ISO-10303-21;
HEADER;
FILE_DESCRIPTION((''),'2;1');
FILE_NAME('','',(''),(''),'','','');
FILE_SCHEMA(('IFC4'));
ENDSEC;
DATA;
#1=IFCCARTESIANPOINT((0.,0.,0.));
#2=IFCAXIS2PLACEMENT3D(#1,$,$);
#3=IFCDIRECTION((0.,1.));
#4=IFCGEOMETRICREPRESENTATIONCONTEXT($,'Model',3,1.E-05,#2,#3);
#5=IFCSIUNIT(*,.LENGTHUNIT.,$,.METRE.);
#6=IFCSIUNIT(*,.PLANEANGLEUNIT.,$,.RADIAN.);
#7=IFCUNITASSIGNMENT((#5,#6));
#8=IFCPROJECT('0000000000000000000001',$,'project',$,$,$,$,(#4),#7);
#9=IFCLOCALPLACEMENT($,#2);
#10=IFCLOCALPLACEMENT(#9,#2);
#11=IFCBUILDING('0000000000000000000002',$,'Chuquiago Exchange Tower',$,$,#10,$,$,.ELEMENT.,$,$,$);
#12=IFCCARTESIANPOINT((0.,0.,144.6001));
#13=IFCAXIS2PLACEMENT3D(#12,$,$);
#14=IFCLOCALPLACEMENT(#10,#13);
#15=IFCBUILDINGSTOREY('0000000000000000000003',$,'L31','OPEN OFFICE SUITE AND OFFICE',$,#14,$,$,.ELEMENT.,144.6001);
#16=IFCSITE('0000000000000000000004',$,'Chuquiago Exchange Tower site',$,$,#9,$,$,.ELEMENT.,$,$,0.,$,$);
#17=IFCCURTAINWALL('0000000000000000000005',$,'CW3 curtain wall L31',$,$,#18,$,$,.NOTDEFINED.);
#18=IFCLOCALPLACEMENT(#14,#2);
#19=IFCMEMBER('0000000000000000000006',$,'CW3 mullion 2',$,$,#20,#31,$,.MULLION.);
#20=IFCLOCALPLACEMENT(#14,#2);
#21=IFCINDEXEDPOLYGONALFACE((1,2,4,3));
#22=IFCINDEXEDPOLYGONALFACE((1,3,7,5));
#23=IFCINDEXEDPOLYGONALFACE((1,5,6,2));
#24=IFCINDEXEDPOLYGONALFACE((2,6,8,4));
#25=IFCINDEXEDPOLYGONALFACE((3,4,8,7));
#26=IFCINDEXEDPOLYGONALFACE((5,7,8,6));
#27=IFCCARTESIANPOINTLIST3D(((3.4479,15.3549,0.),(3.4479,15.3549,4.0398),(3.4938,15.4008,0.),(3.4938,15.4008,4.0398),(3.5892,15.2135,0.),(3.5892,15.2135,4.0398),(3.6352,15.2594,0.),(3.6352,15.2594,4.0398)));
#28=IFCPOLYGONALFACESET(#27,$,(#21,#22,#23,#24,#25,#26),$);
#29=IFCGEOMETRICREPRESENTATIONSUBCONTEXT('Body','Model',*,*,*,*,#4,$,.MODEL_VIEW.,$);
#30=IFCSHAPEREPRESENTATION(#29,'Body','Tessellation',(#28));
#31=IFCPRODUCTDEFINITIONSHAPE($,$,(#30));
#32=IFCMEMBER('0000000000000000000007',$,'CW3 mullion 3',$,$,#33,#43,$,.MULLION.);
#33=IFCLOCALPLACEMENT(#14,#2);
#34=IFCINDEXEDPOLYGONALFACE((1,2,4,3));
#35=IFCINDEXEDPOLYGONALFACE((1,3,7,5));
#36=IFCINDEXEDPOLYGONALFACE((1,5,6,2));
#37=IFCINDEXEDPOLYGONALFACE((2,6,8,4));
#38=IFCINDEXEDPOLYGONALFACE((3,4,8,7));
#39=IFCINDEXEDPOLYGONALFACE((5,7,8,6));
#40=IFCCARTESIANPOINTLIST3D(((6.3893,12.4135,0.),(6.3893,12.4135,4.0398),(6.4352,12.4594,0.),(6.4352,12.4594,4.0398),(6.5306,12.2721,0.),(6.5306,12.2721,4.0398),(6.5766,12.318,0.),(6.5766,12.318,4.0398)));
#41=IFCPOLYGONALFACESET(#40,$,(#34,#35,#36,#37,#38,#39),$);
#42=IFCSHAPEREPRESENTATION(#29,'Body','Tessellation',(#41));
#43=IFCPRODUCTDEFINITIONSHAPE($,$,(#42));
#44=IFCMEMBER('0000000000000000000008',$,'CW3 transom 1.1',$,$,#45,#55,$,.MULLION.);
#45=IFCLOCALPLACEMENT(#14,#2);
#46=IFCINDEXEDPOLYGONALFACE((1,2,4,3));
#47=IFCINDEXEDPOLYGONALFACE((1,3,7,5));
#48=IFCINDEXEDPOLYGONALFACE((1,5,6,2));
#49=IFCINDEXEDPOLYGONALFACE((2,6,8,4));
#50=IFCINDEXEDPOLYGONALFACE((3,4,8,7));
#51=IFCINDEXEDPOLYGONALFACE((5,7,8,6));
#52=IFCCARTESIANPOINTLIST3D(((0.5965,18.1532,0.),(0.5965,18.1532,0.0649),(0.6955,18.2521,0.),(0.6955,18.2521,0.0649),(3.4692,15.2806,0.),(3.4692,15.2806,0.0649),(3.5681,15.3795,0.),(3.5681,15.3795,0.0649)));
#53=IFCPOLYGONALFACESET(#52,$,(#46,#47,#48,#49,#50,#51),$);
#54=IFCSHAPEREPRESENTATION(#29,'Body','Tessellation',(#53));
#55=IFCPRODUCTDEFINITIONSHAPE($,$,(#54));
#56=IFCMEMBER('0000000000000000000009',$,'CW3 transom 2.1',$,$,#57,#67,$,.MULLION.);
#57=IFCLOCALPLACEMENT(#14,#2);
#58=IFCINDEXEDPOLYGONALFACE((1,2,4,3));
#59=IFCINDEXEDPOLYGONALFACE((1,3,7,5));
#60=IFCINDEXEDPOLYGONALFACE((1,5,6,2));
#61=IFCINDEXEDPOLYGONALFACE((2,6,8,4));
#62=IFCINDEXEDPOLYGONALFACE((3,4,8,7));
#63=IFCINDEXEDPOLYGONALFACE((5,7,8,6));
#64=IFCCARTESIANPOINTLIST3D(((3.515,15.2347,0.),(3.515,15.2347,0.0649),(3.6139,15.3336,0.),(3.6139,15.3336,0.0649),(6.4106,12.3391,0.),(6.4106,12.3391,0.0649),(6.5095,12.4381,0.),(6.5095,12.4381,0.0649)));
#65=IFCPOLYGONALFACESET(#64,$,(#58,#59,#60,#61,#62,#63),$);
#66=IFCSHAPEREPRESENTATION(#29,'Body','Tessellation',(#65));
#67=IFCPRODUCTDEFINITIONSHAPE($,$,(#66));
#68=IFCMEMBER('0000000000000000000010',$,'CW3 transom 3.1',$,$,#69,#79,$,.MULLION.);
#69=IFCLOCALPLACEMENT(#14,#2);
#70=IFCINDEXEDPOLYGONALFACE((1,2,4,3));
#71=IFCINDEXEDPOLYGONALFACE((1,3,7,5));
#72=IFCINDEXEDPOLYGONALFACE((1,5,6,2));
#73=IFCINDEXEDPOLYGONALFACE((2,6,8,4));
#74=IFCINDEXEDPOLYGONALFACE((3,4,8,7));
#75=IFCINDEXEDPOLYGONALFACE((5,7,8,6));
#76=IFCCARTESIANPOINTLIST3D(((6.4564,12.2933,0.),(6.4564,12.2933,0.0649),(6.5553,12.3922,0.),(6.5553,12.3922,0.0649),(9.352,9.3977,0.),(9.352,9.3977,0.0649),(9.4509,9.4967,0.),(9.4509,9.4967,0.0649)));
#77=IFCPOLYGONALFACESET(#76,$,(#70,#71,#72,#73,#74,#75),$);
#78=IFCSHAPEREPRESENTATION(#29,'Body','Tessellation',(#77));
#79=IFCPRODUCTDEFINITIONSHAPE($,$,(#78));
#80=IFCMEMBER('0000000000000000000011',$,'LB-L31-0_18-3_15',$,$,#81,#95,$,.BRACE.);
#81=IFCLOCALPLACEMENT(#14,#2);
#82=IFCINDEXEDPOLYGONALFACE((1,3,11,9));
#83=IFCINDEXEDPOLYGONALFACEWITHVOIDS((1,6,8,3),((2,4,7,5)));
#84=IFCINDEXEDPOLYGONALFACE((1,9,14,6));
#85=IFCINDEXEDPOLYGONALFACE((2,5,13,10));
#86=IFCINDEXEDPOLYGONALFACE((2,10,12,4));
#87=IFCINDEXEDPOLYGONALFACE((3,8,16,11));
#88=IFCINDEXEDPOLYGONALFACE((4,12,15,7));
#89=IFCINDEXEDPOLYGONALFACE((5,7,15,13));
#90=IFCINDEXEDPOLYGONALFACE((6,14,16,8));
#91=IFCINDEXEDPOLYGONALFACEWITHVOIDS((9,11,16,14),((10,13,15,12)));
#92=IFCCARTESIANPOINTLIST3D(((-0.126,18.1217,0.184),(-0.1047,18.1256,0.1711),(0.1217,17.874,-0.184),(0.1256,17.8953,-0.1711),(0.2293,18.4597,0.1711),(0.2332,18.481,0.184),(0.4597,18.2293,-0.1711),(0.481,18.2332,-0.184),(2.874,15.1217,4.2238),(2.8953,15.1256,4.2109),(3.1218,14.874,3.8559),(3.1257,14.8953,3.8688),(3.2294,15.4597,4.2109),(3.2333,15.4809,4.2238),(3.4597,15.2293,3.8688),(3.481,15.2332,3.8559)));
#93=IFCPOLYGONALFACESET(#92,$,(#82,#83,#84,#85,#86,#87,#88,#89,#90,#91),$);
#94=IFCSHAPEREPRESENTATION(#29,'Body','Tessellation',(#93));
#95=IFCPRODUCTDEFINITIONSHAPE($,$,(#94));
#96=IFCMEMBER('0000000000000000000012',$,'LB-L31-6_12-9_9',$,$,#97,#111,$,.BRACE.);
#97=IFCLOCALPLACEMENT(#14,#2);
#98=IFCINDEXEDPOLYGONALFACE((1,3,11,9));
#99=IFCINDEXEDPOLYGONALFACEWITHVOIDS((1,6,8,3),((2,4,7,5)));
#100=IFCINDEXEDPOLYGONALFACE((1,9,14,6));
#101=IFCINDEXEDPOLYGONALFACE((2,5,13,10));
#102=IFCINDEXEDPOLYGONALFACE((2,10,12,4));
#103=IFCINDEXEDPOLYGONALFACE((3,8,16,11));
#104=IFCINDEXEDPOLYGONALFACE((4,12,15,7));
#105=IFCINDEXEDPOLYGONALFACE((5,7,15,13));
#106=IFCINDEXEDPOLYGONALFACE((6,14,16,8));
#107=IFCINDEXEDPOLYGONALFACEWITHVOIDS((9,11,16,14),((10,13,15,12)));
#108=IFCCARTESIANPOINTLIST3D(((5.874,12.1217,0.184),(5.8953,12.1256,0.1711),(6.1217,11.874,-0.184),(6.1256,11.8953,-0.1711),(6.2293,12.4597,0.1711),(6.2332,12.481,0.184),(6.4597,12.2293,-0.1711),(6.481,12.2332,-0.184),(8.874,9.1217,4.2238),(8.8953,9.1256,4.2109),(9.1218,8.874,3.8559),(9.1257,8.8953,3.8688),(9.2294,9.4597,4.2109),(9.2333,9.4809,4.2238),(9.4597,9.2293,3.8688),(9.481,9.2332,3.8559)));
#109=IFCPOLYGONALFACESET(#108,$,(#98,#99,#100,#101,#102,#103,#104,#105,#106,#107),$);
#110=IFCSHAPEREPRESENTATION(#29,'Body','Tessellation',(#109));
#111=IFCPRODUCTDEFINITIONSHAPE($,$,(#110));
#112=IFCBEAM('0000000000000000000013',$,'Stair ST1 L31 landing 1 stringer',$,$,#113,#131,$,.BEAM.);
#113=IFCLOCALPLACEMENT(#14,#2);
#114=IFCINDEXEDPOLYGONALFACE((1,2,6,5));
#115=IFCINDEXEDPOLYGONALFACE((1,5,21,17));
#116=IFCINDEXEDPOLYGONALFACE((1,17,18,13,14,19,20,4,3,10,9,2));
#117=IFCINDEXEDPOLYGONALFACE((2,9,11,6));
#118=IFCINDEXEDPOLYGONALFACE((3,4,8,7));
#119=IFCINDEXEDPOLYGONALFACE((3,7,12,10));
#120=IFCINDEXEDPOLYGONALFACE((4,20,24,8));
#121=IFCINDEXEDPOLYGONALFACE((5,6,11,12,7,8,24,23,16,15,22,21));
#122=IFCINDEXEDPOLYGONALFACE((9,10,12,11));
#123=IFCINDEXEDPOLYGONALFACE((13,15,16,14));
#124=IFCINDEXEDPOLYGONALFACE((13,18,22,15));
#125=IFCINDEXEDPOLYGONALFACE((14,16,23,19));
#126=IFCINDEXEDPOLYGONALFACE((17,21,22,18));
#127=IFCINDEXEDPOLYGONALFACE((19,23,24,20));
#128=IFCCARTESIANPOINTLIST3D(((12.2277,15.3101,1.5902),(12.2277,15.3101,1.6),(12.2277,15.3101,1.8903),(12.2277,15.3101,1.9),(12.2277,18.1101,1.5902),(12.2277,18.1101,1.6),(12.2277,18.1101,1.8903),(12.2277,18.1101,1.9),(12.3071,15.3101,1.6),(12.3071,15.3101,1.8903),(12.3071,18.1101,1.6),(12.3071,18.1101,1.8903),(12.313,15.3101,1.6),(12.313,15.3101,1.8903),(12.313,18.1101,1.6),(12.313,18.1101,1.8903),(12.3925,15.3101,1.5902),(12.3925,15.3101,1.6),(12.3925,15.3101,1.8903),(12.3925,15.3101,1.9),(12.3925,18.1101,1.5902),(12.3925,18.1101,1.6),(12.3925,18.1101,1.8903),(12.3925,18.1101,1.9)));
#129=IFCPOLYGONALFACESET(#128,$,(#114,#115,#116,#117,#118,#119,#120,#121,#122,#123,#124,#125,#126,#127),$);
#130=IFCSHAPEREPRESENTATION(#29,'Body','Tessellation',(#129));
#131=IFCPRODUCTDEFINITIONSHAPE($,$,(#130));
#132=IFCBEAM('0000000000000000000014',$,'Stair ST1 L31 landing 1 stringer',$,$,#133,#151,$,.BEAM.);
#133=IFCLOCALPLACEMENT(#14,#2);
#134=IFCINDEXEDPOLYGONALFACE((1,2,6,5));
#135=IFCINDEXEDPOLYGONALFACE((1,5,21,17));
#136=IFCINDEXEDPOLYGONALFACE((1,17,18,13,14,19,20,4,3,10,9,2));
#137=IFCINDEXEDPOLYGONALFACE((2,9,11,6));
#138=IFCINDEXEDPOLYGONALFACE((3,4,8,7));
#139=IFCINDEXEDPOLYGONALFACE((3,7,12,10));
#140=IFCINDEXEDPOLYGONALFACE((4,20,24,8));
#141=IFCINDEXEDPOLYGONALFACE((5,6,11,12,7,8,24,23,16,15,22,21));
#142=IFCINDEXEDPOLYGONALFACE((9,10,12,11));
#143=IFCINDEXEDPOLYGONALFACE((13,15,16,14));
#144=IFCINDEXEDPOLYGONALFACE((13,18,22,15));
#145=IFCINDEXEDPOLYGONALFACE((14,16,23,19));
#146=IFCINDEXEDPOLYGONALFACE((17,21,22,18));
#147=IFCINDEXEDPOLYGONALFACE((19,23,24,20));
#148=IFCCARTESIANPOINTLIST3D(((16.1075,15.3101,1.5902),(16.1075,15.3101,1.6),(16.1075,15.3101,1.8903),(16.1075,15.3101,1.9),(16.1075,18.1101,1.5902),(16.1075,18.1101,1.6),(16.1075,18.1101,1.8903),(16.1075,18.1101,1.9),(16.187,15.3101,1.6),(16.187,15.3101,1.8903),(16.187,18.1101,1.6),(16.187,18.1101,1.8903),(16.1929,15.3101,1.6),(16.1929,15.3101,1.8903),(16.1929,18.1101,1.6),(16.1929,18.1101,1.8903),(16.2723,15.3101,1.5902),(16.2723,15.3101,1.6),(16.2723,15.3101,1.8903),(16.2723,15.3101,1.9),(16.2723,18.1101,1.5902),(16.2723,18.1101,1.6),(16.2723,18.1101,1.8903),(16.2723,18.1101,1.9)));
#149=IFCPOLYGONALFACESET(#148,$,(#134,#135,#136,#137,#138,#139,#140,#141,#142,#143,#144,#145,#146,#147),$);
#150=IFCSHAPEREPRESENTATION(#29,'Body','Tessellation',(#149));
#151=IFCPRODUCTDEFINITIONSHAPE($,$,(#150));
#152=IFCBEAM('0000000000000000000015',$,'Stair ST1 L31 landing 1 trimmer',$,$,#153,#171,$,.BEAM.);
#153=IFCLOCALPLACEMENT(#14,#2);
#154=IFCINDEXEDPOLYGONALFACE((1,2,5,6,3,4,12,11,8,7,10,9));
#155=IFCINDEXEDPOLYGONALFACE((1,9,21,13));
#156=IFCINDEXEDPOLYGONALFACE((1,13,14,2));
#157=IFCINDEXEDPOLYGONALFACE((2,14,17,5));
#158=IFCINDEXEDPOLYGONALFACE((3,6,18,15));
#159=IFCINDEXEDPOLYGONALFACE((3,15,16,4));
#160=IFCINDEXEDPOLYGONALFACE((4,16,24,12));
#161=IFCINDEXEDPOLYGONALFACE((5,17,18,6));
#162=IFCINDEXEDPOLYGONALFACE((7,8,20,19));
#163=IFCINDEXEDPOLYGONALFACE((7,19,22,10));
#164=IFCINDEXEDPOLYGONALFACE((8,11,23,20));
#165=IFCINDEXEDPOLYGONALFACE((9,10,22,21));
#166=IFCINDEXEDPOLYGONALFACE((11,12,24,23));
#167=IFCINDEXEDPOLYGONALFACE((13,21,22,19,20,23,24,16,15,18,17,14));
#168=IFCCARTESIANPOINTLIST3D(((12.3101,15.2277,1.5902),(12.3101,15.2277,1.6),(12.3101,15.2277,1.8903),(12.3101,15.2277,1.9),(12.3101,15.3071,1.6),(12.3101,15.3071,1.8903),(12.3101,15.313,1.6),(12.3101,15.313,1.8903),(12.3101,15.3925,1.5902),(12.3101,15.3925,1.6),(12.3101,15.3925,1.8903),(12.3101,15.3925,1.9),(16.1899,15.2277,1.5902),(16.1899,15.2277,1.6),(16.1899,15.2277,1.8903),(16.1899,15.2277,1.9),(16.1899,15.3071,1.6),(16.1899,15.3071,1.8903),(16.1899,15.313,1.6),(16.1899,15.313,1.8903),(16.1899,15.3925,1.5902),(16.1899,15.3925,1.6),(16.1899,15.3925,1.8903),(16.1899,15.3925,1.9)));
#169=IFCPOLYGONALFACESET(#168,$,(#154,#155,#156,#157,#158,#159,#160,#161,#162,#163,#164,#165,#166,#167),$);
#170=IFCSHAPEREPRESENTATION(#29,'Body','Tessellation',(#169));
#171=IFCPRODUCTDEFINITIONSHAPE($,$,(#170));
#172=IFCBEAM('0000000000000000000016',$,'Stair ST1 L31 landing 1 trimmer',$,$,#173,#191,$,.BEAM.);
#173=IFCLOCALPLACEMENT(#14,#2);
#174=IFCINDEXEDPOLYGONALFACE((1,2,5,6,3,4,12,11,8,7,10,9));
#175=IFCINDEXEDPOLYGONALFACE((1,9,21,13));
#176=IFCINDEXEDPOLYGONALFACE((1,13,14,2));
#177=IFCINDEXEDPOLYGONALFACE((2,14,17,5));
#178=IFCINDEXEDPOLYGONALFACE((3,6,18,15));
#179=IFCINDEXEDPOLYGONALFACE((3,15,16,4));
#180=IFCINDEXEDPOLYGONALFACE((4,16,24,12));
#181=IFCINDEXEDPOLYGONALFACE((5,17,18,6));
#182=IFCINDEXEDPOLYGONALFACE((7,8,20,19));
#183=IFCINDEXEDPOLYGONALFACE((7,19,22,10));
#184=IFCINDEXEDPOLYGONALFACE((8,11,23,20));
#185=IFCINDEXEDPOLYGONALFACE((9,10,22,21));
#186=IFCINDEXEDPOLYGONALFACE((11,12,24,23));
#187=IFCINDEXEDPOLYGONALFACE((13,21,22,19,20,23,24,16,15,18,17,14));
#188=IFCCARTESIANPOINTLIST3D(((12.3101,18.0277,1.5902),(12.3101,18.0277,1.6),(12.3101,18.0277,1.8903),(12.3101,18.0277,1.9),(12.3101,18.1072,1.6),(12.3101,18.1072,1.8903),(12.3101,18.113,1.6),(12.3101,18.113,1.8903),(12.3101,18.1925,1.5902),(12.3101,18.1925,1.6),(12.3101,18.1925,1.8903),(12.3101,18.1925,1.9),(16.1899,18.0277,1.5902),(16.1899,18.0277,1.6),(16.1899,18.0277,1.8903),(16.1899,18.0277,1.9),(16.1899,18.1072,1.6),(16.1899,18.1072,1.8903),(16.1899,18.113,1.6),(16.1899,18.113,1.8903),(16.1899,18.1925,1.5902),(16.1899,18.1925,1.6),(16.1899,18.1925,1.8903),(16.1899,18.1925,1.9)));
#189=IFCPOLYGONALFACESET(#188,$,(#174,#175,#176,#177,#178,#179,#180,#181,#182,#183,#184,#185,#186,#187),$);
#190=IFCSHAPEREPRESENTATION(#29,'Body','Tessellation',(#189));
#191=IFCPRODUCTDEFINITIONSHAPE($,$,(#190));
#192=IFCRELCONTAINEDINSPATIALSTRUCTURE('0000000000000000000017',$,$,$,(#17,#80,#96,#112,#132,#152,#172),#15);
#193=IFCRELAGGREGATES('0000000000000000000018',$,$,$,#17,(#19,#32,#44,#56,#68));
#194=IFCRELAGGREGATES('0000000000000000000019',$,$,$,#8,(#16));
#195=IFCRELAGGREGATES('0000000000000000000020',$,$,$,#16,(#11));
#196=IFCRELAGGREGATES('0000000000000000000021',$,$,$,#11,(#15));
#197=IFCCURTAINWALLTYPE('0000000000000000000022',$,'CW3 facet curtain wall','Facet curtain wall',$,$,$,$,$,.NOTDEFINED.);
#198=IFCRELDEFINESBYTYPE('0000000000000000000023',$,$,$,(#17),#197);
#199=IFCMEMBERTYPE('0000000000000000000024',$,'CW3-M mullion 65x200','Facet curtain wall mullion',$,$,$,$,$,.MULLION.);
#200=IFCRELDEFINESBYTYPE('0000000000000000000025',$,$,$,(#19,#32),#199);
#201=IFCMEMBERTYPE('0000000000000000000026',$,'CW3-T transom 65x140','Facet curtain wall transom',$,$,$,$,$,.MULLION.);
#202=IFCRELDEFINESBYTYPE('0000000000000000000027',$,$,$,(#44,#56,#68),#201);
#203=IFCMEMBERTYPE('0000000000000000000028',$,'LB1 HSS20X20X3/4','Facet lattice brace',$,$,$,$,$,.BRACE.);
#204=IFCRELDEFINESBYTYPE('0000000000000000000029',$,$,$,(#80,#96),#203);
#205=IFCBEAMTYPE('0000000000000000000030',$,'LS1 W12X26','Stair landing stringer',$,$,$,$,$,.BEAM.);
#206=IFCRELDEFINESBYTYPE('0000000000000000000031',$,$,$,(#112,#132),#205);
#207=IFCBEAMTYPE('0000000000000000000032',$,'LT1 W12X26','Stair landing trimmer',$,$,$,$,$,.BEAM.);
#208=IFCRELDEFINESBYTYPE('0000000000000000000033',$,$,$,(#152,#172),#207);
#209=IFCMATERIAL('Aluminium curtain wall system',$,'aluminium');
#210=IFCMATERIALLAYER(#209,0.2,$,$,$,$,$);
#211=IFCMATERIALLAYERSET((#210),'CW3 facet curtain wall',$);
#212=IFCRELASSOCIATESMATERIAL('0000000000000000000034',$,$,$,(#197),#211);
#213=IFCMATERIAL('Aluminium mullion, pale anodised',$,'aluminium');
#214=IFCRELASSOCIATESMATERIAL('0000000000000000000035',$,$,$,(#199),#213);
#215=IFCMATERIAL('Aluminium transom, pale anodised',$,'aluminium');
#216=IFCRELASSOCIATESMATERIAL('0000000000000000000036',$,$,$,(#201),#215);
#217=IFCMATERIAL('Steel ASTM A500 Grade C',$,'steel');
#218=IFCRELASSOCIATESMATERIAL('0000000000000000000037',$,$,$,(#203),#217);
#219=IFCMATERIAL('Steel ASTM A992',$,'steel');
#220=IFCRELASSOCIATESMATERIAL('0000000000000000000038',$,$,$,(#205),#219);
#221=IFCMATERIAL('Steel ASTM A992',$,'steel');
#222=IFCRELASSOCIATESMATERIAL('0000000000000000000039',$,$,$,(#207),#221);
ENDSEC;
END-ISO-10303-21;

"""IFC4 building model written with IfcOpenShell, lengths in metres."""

from ifc_helpers import new_model, si_unit, direction, frame, origin, origin_2d, place, context, subcontext, project, spatial, rectangle, hollow_rectangle, i_section, extrude, material, layer, layer_set, material_profile, profile_set, type_object, element, aggregate, save


model = new_model("IFC4")

# Units and contexts
model_context = context("Model", 3, precision=1e-05, world=origin(), true_north=direction((0.0, 1.0)))
body_context = subcontext(model_context, "Body", "Model", "MODEL_VIEW")
ifc_project = project(units=[si_unit("LENGTHUNIT", "METRE"), si_unit("PLANEANGLEUNIT", "RADIAN")], contexts=[model_context])

# Site, building, storey
site_placement = place(None, origin())
site = spatial("IfcSite", under=ifc_project, at=site_placement, Name="Chuquiago Exchange Tower site", CompositionType="ELEMENT", RefElevation=0.0)
building_placement = place(site_placement, origin())
building = spatial("IfcBuilding", under=site, at=building_placement, Name="Chuquiago Exchange Tower", CompositionType="ELEMENT")
storey_placement = place(building_placement, frame((0.0, 0.0, 144.6001)))
storey = spatial("IfcBuildingStorey", under=building, at=storey_placement, Name="L31", Description="OPEN OFFICE SUITE AND OFFICE", CompositionType="ELEMENT", Elevation=144.6001)

# Curtain wall, members
ifc_material_1 = material(Name="Aluminium curtain wall system", Category="aluminium")
ifc_layer_1 = layer(ifc_material_1, 0.2)
ifc_layer_set_1 = layer_set([ifc_layer_1], Name="CW3 facet curtain wall")
curtain_wall_type_1 = type_object("IfcCurtainWallType", Name="CW3 facet curtain wall", Description="Facet curtain wall", PredefinedType="NOTDEFINED", material=ifc_layer_set_1)
curtain_wall_1_placement = place(storey_placement, origin())
curtain_wall_1 = element("IfcCurtainWall", 1, at=curtain_wall_1_placement, inside=storey, type_object=curtain_wall_type_1, Name="CW3 curtain wall L31", PredefinedType="NOTDEFINED")
ifc_material_2 = material(Name="Aluminium mullion, pale anodised", Category="aluminium")
ifc_material_profile_1 = material_profile(ifc_material_2, rectangle(XDim=0.0649, YDim=0.2, at=origin_2d()), Name="AL 65x200")
ifc_profile_set_1 = profile_set([ifc_material_profile_1], Name="Aluminium mullion, pale anodised")
member_type_1 = type_object("IfcMemberType", Name="CW3-M mullion 65x200", Description="Facet curtain wall mullion", PredefinedType="MULLION", material=ifc_profile_set_1)
member_1_placement = place(storey_placement, frame((3.5415, 15.3071, 0.0), z_axis=(0.0, 0.0, 1.0), x_axis=(0.707107, 0.707107, 0.0)))
member_1 = element("IfcMember", 2, at=member_1_placement, type_object=member_type_1, Name="CW3 mullion 2", PredefinedType="MULLION", context=body_context, shape_type="SweptSolid", body=[
    extrude(rectangle(XDim=0.0649, YDim=0.2, at=origin_2d()), origin(), (0.0, 0.0, 1.0), 4.0398),
])
member_2_placement = place(storey_placement, frame((6.4829, 12.3657, 0.0), z_axis=(0.0, 0.0, 1.0), x_axis=(0.707107, 0.707107, 0.0)))
member_2 = element("IfcMember", 3, at=member_2_placement, type_object=member_type_1, Name="CW3 mullion 3", PredefinedType="MULLION", context=body_context, shape_type="SweptSolid", body=[
    extrude(rectangle(XDim=0.0649, YDim=0.2, at=origin_2d()), origin(), (0.0, 0.0, 1.0), 4.0398),
])
ifc_material_3 = material(Name="Aluminium transom, pale anodised", Category="aluminium")
ifc_material_profile_2 = material_profile(ifc_material_3, rectangle(XDim=0.1399, YDim=0.0649, at=origin_2d()), Name="AL 140x65")
ifc_profile_set_2 = profile_set([ifc_material_profile_2], Name="Aluminium transom, pale anodised")
member_type_2 = type_object("IfcMemberType", Name="CW3-T transom 65x140", Description="Facet curtain wall transom", PredefinedType="MULLION", material=ifc_profile_set_2)
member_3_placement = place(storey_placement, frame((0.646, 18.2026, 0.0325), z_axis=(0.707107, -0.707107, 0.0), x_axis=(0.707107, 0.707107, 0.0)))
member_3 = element("IfcMember", 4, at=member_3_placement, type_object=member_type_2, Name="CW3 transom 1.1", PredefinedType="MULLION", context=body_context, shape_type="SweptSolid", body=[
    extrude(rectangle(XDim=0.1399, YDim=0.0649, at=origin_2d()), origin(), (0.0, 0.0, 1.0), 4.0625),
])
member_4_placement = place(storey_placement, frame((3.5645, 15.2842, 0.0325), z_axis=(0.707107, -0.707107, 0.0), x_axis=(0.707107, 0.707107, 0.0)))
member_4 = element("IfcMember", 5, at=member_4_placement, type_object=member_type_2, Name="CW3 transom 2.1", PredefinedType="MULLION", context=body_context, shape_type="SweptSolid", body=[
    extrude(rectangle(XDim=0.1399, YDim=0.0649, at=origin_2d()), origin(), (0.0, 0.0, 1.0), 4.095),
])
member_5_placement = place(storey_placement, frame((6.5059, 12.3428, 0.0325), z_axis=(0.707107, -0.707107, 0.0), x_axis=(0.707107, 0.707107, 0.0)))
member_5 = element("IfcMember", 6, at=member_5_placement, type_object=member_type_2, Name="CW3 transom 3.1", PredefinedType="MULLION", context=body_context, shape_type="SweptSolid", body=[
    extrude(rectangle(XDim=0.1399, YDim=0.0649, at=origin_2d()), origin(), (0.0, 0.0, 1.0), 4.095),
])

# Members
ifc_material_4 = material(Name="Steel ASTM A500 Grade C", Category="steel")
ifc_material_profile_3 = material_profile(ifc_material_4, hollow_rectangle(XDim=0.5081, YDim=0.5081, WallThickness=0.0178, at=origin_2d()), Name="HSS20X20X3/4")
ifc_profile_set_3 = profile_set([ifc_material_profile_3], Name="Steel ASTM A500 Grade C")
member_type_3 = type_object("IfcMemberType", Name="LB1 HSS20X20X3/4", Description="Facet lattice brace", PredefinedType="BRACE", material=ifc_profile_set_3)
for number, where, z_axis, x_axis, name in (
    (7, (0.1775, 18.1775, 0.0), (0.512092, -0.512092, 0.689582), (0.707107, 0.707107, 0.0), "LB-L31-0_18-3_15"),
    (8, (6.1775, 12.1775, 0.0), (0.512092, -0.512092, 0.689582), (0.707107, 0.707107, 0.0), "LB-L31-6_12-9_9"),
):
    element("IfcMember", number, at=place(storey_placement, frame(where, z_axis=z_axis, x_axis=x_axis)), inside=storey, type_object=member_type_3, Name=name, PredefinedType="BRACE", context=body_context, shape_type="SweptSolid", body=[
        extrude(hollow_rectangle(XDim=0.5081, YDim=0.5081, WallThickness=0.0178, at=origin_2d()), origin(), (0.0, 0.0, 1.0), 5.8584),
    ])

# Beams
ifc_material_5 = material(Name="Steel ASTM A992", Category="steel")
ifc_material_profile_4 = material_profile(ifc_material_5, i_section(OverallWidth=0.1648, OverallDepth=0.3098, WebThickness=0.0059, FlangeThickness=0.0098, at=origin_2d()), Name="W12X26")
ifc_profile_set_4 = profile_set([ifc_material_profile_4], Name="Steel ASTM A992")
beam_type_1 = type_object("IfcBeamType", Name="LS1 W12X26", Description="Stair landing stringer", PredefinedType="BEAM", material=ifc_profile_set_4)
for number, where, z_axis, x_axis, name in (
    (9, (12.3101, 15.3101, 1.7451), (0.0, 1.0, 0.0), (-1.0, 0.0, 0.0), "Stair ST1 L31 landing 1 stringer"),
    (10, (16.1899, 15.3101, 1.7451), (0.0, 1.0, 0.0), (-1.0, 0.0, 0.0), "Stair ST1 L31 landing 1 stringer"),
):
    element("IfcBeam", number, at=place(storey_placement, frame(where, z_axis=z_axis, x_axis=x_axis)), inside=storey, type_object=beam_type_1, Name=name, PredefinedType="BEAM", context=body_context, shape_type="SweptSolid", body=[
        extrude(i_section(OverallWidth=0.1648, OverallDepth=0.3098, WebThickness=0.0059, FlangeThickness=0.0098, at=origin_2d()), origin(), (0.0, 0.0, 1.0), 2.8),
    ])
ifc_material_6 = material(Name="Steel ASTM A992", Category="steel")
ifc_material_profile_5 = material_profile(ifc_material_6, i_section(OverallWidth=0.1648, OverallDepth=0.3098, WebThickness=0.0059, FlangeThickness=0.0098, at=origin_2d()), Name="W12X26")
ifc_profile_set_5 = profile_set([ifc_material_profile_5], Name="Steel ASTM A992")
beam_type_2 = type_object("IfcBeamType", Name="LT1 W12X26", Description="Stair landing trimmer", PredefinedType="BEAM", material=ifc_profile_set_5)
for number, where, z_axis, x_axis, name in (
    (11, (12.3101, 15.3101, 1.7451), (1.0, 0.0, 0.0), (0.0, 1.0, 0.0), "Stair ST1 L31 landing 1 trimmer"),
    (12, (12.3101, 18.1101, 1.7451), (1.0, 0.0, 0.0), (0.0, 1.0, 0.0), "Stair ST1 L31 landing 1 trimmer"),
):
    element("IfcBeam", number, at=place(storey_placement, frame(where, z_axis=z_axis, x_axis=x_axis)), inside=storey, type_object=beam_type_2, Name=name, PredefinedType="BEAM", context=body_context, shape_type="SweptSolid", body=[
        extrude(i_section(OverallWidth=0.1648, OverallDepth=0.3098, WebThickness=0.0059, FlangeThickness=0.0098, at=origin_2d()), origin(), (0.0, 0.0, 1.0), 3.8799),
    ])

aggregate(curtain_wall_1, [member_1, member_2, member_3, member_4, member_5])

save(model, "model.ifc")
